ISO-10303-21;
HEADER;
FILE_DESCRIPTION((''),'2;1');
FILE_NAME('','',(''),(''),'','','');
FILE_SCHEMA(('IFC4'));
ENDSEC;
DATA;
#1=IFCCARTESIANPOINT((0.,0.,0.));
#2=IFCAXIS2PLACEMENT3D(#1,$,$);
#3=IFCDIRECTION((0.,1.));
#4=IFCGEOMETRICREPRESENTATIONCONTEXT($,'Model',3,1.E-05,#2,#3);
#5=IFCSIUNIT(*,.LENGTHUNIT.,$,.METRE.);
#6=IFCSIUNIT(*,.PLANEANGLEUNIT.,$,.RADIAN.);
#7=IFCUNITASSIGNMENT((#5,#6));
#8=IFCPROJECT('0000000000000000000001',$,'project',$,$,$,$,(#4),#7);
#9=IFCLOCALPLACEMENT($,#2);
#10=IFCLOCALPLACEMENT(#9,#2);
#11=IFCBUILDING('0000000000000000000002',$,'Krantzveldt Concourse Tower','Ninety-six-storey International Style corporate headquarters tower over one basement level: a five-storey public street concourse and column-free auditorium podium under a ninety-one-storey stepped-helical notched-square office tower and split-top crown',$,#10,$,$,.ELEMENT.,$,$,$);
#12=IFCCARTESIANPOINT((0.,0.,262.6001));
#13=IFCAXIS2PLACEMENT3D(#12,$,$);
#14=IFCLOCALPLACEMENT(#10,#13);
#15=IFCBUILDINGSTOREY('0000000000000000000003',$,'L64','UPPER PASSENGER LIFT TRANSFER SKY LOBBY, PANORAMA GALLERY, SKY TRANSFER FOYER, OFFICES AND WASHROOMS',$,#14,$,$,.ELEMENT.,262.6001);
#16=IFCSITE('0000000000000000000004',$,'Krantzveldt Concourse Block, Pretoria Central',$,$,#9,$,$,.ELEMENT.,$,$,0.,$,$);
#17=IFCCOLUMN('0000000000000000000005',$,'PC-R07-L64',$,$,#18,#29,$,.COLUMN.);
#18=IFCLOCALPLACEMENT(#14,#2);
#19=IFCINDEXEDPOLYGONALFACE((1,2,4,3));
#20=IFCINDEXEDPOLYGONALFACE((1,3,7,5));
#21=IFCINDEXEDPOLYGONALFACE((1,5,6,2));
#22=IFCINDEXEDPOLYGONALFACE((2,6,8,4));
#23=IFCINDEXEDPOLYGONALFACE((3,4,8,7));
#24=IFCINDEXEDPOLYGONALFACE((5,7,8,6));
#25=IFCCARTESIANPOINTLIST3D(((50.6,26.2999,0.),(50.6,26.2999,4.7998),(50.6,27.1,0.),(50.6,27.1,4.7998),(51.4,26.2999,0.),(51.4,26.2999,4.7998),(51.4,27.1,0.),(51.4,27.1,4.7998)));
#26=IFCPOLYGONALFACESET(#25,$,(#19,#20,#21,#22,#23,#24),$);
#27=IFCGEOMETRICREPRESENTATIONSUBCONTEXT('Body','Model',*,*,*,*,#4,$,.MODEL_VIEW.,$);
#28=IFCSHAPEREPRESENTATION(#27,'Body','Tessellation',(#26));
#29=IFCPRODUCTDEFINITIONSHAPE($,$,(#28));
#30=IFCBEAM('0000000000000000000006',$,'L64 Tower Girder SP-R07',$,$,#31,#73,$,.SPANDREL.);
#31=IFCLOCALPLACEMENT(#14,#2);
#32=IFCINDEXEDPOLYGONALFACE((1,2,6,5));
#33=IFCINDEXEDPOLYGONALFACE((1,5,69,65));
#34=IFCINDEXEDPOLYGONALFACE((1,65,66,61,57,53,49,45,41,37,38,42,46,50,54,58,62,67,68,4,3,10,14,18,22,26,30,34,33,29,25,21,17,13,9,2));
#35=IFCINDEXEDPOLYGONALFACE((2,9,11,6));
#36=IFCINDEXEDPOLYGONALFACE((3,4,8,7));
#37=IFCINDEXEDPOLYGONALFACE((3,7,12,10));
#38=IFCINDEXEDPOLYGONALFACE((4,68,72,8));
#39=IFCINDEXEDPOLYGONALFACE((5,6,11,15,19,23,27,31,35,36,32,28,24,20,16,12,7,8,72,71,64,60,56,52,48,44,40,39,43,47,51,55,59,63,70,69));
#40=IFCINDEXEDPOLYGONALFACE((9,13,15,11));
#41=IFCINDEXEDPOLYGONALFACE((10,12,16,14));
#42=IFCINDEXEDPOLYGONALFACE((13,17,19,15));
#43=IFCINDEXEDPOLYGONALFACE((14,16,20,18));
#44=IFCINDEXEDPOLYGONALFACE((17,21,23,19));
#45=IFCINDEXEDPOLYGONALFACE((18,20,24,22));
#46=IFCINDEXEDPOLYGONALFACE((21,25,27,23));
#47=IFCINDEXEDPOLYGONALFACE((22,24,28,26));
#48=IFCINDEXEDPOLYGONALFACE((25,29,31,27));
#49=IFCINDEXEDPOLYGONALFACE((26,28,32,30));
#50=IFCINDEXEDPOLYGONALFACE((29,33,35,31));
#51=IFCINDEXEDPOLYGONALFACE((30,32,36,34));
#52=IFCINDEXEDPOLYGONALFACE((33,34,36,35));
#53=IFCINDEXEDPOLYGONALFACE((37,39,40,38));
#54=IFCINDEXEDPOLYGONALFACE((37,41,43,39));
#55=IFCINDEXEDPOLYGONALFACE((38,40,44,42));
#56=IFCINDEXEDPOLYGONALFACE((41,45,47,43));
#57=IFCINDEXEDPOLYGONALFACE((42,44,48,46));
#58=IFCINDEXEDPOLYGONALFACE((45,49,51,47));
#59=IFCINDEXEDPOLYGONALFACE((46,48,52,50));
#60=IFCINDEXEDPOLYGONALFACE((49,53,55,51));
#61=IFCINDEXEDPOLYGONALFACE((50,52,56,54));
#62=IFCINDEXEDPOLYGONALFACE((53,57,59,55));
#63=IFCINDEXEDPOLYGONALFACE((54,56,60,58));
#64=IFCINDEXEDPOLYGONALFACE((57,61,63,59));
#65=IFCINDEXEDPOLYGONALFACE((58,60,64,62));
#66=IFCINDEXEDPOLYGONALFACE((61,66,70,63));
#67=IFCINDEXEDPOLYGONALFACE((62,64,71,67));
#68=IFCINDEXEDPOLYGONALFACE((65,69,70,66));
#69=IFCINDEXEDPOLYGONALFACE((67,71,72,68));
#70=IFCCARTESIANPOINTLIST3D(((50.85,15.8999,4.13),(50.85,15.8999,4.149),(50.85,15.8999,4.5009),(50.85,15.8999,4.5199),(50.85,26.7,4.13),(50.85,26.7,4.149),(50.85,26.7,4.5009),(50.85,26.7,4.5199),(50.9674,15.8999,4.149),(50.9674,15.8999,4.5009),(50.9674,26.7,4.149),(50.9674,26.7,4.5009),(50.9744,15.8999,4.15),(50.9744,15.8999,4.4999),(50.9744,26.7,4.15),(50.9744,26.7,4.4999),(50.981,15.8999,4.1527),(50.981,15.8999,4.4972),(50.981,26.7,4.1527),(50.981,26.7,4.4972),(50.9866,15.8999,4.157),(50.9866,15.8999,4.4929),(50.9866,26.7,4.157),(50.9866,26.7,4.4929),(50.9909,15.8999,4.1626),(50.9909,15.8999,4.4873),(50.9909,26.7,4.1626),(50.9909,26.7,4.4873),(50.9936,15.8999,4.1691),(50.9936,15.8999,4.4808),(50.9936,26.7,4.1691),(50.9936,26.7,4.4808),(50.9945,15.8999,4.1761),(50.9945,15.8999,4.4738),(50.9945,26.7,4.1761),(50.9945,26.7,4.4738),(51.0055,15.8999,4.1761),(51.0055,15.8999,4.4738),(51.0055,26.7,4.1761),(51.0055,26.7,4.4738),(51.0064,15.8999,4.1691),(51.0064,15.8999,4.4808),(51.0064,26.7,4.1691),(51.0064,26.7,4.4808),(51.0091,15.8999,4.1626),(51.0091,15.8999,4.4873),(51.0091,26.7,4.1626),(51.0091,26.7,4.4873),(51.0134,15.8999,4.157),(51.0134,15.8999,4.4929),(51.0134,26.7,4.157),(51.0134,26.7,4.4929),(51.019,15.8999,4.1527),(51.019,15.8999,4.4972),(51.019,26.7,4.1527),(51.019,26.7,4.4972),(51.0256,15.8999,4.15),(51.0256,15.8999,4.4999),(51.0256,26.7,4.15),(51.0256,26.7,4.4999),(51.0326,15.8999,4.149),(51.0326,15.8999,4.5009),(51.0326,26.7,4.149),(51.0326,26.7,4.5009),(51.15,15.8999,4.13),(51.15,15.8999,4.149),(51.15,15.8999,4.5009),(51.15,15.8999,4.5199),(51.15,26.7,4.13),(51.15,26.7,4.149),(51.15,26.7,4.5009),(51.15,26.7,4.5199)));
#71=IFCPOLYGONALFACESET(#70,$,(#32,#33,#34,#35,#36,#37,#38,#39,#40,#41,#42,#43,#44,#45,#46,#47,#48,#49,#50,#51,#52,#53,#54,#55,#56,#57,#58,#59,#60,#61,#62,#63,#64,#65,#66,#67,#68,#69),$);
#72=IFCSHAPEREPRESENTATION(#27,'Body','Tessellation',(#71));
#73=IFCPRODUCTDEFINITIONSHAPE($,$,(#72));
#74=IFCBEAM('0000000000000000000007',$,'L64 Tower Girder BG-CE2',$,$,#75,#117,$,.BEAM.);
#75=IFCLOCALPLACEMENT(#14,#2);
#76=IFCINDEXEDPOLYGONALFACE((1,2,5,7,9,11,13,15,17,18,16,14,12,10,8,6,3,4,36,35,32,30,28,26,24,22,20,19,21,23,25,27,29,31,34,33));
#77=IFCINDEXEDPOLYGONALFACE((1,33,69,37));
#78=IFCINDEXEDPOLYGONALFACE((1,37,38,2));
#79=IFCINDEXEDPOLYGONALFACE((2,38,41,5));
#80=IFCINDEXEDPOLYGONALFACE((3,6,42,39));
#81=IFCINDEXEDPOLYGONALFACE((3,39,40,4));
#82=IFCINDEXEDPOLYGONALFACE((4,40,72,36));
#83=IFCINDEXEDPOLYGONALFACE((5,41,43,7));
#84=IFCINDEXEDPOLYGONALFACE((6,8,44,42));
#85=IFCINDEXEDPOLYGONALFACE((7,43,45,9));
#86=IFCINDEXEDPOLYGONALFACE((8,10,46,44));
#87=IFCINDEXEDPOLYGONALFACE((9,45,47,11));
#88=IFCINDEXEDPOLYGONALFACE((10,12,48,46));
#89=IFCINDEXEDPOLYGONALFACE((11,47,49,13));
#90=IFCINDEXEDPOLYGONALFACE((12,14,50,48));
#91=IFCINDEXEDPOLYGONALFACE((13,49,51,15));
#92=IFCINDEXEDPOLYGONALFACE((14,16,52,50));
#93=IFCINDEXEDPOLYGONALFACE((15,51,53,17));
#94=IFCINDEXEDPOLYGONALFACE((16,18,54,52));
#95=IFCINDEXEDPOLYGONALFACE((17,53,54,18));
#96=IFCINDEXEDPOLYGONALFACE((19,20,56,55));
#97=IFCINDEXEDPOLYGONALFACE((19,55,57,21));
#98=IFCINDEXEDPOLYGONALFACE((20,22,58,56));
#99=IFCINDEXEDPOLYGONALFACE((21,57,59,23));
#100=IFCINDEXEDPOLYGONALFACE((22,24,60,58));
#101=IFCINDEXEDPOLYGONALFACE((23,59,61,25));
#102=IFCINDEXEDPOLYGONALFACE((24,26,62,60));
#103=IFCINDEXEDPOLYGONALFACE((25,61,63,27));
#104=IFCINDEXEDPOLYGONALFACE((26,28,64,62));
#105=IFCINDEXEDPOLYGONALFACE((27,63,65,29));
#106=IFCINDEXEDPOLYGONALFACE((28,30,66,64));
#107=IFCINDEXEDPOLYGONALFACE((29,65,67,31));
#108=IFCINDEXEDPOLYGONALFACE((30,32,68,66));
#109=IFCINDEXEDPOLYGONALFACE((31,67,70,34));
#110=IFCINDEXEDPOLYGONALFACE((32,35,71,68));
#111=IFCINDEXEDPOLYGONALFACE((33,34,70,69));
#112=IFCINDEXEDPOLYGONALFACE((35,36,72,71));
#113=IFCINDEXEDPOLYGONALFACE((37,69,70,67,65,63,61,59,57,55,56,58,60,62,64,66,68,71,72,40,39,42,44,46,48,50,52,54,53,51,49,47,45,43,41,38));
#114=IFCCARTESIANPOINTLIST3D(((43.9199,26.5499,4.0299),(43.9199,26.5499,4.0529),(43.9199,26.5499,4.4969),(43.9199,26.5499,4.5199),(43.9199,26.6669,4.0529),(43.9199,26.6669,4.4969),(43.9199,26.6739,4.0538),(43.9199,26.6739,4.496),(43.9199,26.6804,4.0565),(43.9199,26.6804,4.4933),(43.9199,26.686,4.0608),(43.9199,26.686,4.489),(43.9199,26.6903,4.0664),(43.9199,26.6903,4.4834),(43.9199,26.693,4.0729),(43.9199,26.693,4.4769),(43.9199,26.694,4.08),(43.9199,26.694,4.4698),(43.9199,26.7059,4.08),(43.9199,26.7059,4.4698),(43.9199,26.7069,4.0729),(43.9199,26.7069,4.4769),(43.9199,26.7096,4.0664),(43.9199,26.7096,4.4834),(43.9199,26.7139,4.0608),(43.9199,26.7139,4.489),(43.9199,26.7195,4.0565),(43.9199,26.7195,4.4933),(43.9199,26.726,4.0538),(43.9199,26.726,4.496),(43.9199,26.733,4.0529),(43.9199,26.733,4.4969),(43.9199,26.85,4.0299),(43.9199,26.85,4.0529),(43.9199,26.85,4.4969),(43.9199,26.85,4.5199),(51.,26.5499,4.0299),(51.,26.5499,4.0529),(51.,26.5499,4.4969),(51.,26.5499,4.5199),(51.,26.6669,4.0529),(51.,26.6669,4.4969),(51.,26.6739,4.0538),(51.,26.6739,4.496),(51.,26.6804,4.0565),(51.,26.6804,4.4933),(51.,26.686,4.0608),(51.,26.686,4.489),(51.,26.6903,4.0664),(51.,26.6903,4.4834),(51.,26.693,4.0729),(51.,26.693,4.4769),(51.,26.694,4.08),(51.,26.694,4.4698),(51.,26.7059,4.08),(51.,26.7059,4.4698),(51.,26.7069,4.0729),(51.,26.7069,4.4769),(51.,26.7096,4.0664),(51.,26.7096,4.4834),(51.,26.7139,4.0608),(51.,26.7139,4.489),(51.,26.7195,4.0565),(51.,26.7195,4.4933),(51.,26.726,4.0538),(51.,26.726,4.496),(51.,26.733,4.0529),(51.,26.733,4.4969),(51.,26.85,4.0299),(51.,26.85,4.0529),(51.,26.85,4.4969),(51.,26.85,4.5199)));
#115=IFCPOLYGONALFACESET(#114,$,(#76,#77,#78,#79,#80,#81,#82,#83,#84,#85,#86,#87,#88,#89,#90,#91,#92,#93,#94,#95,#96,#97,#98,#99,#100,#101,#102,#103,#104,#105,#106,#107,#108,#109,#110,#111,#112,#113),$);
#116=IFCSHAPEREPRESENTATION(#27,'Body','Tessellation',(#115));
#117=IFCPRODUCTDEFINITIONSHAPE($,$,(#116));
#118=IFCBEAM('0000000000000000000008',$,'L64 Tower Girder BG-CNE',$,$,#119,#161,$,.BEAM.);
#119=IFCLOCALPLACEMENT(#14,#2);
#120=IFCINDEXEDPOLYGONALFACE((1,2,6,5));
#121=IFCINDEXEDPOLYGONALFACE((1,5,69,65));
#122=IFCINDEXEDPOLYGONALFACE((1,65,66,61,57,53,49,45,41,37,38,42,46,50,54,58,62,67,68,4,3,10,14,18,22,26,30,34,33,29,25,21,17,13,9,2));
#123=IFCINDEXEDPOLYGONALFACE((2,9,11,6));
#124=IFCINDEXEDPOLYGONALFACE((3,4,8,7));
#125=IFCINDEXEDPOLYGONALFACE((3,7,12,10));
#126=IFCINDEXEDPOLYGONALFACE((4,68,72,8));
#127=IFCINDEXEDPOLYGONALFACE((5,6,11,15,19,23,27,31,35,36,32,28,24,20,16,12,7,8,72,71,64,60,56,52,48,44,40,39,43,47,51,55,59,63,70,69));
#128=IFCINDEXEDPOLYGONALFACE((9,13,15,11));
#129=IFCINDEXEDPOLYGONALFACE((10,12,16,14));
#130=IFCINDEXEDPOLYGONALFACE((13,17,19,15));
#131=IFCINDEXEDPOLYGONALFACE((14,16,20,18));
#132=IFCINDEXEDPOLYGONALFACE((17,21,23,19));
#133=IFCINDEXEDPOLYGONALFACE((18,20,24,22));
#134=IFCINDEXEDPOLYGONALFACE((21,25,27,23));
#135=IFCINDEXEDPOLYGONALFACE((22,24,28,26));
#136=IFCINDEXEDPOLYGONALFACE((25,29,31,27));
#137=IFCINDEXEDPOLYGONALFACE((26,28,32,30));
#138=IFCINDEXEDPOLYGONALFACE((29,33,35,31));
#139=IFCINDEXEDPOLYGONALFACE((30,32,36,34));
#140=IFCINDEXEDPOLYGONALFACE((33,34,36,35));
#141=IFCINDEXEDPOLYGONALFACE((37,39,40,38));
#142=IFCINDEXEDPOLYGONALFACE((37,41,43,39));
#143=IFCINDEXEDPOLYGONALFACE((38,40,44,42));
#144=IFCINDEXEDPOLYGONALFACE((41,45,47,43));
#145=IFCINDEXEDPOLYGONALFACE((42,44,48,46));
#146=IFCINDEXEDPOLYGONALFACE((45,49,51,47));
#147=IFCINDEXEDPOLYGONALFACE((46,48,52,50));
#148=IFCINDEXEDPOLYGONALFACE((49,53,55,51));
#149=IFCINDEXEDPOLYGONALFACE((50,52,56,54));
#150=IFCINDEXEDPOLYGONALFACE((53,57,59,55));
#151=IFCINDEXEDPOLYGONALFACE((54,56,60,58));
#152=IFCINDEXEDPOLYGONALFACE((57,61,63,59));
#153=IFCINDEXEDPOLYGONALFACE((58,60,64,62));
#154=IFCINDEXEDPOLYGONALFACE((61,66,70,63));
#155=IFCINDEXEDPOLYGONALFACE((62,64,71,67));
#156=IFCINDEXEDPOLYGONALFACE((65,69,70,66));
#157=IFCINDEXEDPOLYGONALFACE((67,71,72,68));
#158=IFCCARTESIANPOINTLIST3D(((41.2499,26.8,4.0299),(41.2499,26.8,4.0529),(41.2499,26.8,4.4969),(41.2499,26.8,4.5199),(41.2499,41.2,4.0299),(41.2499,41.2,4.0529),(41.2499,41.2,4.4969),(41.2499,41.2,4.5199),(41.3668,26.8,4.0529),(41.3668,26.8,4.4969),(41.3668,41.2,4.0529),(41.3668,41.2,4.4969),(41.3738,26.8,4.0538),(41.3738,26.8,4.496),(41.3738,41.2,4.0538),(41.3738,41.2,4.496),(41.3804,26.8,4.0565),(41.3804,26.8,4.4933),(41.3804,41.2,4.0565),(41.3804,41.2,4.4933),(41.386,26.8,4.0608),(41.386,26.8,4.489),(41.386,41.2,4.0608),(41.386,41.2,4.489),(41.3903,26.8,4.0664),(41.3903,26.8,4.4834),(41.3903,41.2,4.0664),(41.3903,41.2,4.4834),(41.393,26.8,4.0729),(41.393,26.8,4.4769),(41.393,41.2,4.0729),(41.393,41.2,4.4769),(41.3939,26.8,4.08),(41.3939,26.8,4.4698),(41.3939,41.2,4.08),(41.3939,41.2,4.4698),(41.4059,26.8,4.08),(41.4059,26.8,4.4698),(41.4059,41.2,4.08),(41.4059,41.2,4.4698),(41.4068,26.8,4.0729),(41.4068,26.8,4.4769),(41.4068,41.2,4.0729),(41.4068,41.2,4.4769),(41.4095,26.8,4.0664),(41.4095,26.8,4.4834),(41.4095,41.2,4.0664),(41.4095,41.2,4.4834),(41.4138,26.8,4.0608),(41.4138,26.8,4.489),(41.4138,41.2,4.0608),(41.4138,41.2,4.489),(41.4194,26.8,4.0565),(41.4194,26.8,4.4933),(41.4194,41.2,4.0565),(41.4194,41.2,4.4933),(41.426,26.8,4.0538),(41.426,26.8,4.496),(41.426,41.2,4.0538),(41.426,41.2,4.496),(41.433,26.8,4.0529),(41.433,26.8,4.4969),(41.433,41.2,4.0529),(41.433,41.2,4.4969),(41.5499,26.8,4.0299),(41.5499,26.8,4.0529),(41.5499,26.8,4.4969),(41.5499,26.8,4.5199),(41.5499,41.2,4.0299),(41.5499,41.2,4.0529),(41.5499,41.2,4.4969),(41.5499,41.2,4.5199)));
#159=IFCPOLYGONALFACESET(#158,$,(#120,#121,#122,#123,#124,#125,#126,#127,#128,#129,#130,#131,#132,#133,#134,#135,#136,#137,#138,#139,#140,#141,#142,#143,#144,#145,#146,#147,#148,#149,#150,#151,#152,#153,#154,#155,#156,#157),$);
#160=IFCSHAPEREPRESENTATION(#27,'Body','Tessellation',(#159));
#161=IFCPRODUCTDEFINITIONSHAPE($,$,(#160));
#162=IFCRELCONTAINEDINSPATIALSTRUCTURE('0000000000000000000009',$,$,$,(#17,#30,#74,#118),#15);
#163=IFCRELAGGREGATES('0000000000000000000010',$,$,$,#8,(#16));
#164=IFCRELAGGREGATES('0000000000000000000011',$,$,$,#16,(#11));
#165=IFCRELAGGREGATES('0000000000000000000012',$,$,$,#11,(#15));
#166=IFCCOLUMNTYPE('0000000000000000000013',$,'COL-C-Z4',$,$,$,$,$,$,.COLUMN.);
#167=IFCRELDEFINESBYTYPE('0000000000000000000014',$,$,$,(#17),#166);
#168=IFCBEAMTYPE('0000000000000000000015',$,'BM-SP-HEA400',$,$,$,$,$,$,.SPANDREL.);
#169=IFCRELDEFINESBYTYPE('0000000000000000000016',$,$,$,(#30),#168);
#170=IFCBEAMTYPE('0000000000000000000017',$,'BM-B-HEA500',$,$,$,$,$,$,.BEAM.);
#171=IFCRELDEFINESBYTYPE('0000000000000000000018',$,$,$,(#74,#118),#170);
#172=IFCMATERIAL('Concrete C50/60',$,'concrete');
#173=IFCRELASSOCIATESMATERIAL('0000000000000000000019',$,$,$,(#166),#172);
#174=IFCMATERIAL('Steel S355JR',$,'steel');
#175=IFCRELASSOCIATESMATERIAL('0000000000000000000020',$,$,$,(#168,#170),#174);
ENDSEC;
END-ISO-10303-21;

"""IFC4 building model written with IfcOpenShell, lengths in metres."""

from ifc_helpers import new_model, si_unit, direction, frame, origin, origin_2d, place, context, subcontext, project, spatial, rectangle, i_section, extrude, source, transform, mapped, material, material_profile, profile_set, type_object, type_shapes, element, save


model = new_model("IFC4")

# Units and contexts
model_context = context("Model", 3, precision=1e-05, world=origin(), true_north=direction((0.0, 1.0)))
body_context = subcontext(model_context, "Body", "Model", "MODEL_VIEW")
ifc_project = project(units=[si_unit("LENGTHUNIT", "METRE"), si_unit("PLANEANGLEUNIT", "RADIAN")], contexts=[model_context])

# Site, building, storey
site_placement = place(None, origin())
site = spatial("IfcSite", under=ifc_project, at=site_placement, Name="Krantzveldt Concourse Block, Pretoria Central", CompositionType="ELEMENT", RefElevation=0.0)
building_placement = place(site_placement, origin())
building = spatial("IfcBuilding", under=site, at=building_placement, Name="Krantzveldt Concourse Tower", Description="Ninety-six-storey International Style corporate headquarters tower over one basement level: a five-storey public street concourse and column-free auditorium podium under a ninety-one-storey stepped-helical notched-square office tower and split-top crown", CompositionType="ELEMENT")
storey_placement = place(building_placement, frame((0.0, 0.0, 262.6001)))
storey = spatial("IfcBuildingStorey", under=building, at=storey_placement, Name="L64", Description="UPPER PASSENGER LIFT TRANSFER SKY LOBBY, PANORAMA GALLERY, SKY TRANSFER FOYER, OFFICES AND WASHROOMS", CompositionType="ELEMENT", Elevation=262.6001)

# Column
ifc_material_1 = material(Name="Concrete C50/60", Category="concrete")
ifc_material_profile_1 = material_profile(ifc_material_1, rectangle(XDim=0.8, YDim=0.8, at=origin_2d()), Name="Concrete C50/60", Category="concrete")
ifc_profile_set_1 = profile_set([ifc_material_profile_1], Name="Concrete C50/60 - RC 800x800")
column_type = type_object("IfcColumnType", Name="COL-C-Z4", PredefinedType="COLUMN", material=ifc_profile_set_1)
shared_shape_1 = source(origin(), body_context, "Body", "SweptSolid", [
    extrude(rectangle(XDim=0.8, YDim=0.8, at=origin_2d()), origin(), (0.0, 0.0, 1.0), 4.7998),
])
type_shapes(column_type, [shared_shape_1])
column_placement = place(storey_placement, frame((51.0, 26.7, 0.0), z_axis=(0.0, 0.0, 1.0), x_axis=(1.0, 0.0, 0.0)))
element("IfcColumn", 1, at=column_placement, inside=storey, type_object=column_type, Name="PC-R07-L64", PredefinedType="COLUMN", context=body_context, shape_type="MappedRepresentation", body=[
    mapped(shared_shape_1, transform((0.0, 0.0, 0.0), x_axis=(1.0, 0.0, 0.0), y_axis=(0.0, 1.0, 0.0), z_axis=(0.0, 0.0, 1.0), scale=1.0)),
])

# Beams
ifc_material_2 = material(Name="Steel S355JR", Category="steel")
ifc_material_profile_2 = material_profile(ifc_material_2, i_section(OverallWidth=0.3, OverallDepth=0.3899, WebThickness=0.011, FlangeThickness=0.019, FilletRadius=0.0271, at=origin_2d()), Name="Steel S355JR", Category="steel")
ifc_profile_set_2 = profile_set([ifc_material_profile_2], Name="Steel S355JR - HEA 400")
beam_type_1 = type_object("IfcBeamType", Name="BM-SP-HEA400", PredefinedType="SPANDREL", material=ifc_profile_set_2)
shared_shape_2 = source(origin(), body_context, "Body", "SweptSolid", [
    extrude(i_section(OverallWidth=0.3, OverallDepth=0.3899, WebThickness=0.011, FlangeThickness=0.019, FilletRadius=0.0271, at=origin_2d()), origin(), (0.0, 0.0, 1.0), 10.8),
])
type_shapes(beam_type_1, [shared_shape_2])
beam_1_placement = place(storey_placement, frame((51.0, 26.7, 4.325), z_axis=(0.0, -1.0, 0.0), x_axis=(1.0, 0.0, 0.0)))
element("IfcBeam", 2, at=beam_1_placement, inside=storey, type_object=beam_type_1, Name="L64 Tower Girder SP-R07", PredefinedType="SPANDREL", context=body_context, shape_type="MappedRepresentation", body=[
    mapped(shared_shape_2, transform((0.0, 0.0, 0.0), x_axis=(1.0, 0.0, 0.0), y_axis=(0.0, 1.0, 0.0), z_axis=(0.0, 0.0, 1.0), scale=1.0)),
])
ifc_material_profile_3 = material_profile(ifc_material_2, i_section(OverallWidth=0.3, OverallDepth=0.49, WebThickness=0.012, FlangeThickness=0.0229, FilletRadius=0.0271, at=origin_2d()), Name="Steel S355JR", Category="steel")
ifc_profile_set_3 = profile_set([ifc_material_profile_3], Name="Steel S355JR - HEA 500")
beam_type_2 = type_object("IfcBeamType", Name="BM-B-HEA500", PredefinedType="BEAM", material=ifc_profile_set_3)
shared_shape_3 = source(origin(), body_context, "Body", "SweptSolid", [
    extrude(i_section(OverallWidth=0.3, OverallDepth=0.49, WebThickness=0.012, FlangeThickness=0.0229, FilletRadius=0.0271, at=origin_2d()), origin(), (0.0, 0.0, 1.0), 7.0801),
])
beam_2_placement = place(storey_placement, frame((43.9199, 26.7, 4.2749), z_axis=(1.0, 0.0, 0.0), x_axis=(0.0, 1.0, 0.0)))
element("IfcBeam", 3, at=beam_2_placement, inside=storey, type_object=beam_type_2, Name="L64 Tower Girder BG-CE2", PredefinedType="BEAM", context=body_context, shape_type="MappedRepresentation", body=[
    mapped(shared_shape_3, transform((0.0, 0.0, 0.0), x_axis=(1.0, 0.0, 0.0), y_axis=(0.0, 1.0, 0.0), z_axis=(0.0, 0.0, 1.0), scale=1.0)),
])
shared_shape_4 = source(origin(), body_context, "Body", "SweptSolid", [
    extrude(i_section(OverallWidth=0.3, OverallDepth=0.49, WebThickness=0.012, FlangeThickness=0.0229, FilletRadius=0.0271, at=origin_2d()), origin(), (0.0, 0.0, 1.0), 14.3999),
])
type_shapes(beam_type_2, [shared_shape_3, shared_shape_4])
beam_3_placement = place(storey_placement, frame((41.3999, 26.8, 4.2749), z_axis=(0.0, 1.0, 0.0), x_axis=(-1.0, 0.0, 0.0)))
element("IfcBeam", 4, at=beam_3_placement, inside=storey, type_object=beam_type_2, Name="L64 Tower Girder BG-CNE", PredefinedType="BEAM", context=body_context, shape_type="MappedRepresentation", body=[
    mapped(shared_shape_4, transform((0.0, 0.0, 0.0), x_axis=(1.0, 0.0, 0.0), y_axis=(0.0, 1.0, 0.0), z_axis=(0.0, 0.0, 1.0), scale=1.0)),
])

save(model, "model.ifc")
